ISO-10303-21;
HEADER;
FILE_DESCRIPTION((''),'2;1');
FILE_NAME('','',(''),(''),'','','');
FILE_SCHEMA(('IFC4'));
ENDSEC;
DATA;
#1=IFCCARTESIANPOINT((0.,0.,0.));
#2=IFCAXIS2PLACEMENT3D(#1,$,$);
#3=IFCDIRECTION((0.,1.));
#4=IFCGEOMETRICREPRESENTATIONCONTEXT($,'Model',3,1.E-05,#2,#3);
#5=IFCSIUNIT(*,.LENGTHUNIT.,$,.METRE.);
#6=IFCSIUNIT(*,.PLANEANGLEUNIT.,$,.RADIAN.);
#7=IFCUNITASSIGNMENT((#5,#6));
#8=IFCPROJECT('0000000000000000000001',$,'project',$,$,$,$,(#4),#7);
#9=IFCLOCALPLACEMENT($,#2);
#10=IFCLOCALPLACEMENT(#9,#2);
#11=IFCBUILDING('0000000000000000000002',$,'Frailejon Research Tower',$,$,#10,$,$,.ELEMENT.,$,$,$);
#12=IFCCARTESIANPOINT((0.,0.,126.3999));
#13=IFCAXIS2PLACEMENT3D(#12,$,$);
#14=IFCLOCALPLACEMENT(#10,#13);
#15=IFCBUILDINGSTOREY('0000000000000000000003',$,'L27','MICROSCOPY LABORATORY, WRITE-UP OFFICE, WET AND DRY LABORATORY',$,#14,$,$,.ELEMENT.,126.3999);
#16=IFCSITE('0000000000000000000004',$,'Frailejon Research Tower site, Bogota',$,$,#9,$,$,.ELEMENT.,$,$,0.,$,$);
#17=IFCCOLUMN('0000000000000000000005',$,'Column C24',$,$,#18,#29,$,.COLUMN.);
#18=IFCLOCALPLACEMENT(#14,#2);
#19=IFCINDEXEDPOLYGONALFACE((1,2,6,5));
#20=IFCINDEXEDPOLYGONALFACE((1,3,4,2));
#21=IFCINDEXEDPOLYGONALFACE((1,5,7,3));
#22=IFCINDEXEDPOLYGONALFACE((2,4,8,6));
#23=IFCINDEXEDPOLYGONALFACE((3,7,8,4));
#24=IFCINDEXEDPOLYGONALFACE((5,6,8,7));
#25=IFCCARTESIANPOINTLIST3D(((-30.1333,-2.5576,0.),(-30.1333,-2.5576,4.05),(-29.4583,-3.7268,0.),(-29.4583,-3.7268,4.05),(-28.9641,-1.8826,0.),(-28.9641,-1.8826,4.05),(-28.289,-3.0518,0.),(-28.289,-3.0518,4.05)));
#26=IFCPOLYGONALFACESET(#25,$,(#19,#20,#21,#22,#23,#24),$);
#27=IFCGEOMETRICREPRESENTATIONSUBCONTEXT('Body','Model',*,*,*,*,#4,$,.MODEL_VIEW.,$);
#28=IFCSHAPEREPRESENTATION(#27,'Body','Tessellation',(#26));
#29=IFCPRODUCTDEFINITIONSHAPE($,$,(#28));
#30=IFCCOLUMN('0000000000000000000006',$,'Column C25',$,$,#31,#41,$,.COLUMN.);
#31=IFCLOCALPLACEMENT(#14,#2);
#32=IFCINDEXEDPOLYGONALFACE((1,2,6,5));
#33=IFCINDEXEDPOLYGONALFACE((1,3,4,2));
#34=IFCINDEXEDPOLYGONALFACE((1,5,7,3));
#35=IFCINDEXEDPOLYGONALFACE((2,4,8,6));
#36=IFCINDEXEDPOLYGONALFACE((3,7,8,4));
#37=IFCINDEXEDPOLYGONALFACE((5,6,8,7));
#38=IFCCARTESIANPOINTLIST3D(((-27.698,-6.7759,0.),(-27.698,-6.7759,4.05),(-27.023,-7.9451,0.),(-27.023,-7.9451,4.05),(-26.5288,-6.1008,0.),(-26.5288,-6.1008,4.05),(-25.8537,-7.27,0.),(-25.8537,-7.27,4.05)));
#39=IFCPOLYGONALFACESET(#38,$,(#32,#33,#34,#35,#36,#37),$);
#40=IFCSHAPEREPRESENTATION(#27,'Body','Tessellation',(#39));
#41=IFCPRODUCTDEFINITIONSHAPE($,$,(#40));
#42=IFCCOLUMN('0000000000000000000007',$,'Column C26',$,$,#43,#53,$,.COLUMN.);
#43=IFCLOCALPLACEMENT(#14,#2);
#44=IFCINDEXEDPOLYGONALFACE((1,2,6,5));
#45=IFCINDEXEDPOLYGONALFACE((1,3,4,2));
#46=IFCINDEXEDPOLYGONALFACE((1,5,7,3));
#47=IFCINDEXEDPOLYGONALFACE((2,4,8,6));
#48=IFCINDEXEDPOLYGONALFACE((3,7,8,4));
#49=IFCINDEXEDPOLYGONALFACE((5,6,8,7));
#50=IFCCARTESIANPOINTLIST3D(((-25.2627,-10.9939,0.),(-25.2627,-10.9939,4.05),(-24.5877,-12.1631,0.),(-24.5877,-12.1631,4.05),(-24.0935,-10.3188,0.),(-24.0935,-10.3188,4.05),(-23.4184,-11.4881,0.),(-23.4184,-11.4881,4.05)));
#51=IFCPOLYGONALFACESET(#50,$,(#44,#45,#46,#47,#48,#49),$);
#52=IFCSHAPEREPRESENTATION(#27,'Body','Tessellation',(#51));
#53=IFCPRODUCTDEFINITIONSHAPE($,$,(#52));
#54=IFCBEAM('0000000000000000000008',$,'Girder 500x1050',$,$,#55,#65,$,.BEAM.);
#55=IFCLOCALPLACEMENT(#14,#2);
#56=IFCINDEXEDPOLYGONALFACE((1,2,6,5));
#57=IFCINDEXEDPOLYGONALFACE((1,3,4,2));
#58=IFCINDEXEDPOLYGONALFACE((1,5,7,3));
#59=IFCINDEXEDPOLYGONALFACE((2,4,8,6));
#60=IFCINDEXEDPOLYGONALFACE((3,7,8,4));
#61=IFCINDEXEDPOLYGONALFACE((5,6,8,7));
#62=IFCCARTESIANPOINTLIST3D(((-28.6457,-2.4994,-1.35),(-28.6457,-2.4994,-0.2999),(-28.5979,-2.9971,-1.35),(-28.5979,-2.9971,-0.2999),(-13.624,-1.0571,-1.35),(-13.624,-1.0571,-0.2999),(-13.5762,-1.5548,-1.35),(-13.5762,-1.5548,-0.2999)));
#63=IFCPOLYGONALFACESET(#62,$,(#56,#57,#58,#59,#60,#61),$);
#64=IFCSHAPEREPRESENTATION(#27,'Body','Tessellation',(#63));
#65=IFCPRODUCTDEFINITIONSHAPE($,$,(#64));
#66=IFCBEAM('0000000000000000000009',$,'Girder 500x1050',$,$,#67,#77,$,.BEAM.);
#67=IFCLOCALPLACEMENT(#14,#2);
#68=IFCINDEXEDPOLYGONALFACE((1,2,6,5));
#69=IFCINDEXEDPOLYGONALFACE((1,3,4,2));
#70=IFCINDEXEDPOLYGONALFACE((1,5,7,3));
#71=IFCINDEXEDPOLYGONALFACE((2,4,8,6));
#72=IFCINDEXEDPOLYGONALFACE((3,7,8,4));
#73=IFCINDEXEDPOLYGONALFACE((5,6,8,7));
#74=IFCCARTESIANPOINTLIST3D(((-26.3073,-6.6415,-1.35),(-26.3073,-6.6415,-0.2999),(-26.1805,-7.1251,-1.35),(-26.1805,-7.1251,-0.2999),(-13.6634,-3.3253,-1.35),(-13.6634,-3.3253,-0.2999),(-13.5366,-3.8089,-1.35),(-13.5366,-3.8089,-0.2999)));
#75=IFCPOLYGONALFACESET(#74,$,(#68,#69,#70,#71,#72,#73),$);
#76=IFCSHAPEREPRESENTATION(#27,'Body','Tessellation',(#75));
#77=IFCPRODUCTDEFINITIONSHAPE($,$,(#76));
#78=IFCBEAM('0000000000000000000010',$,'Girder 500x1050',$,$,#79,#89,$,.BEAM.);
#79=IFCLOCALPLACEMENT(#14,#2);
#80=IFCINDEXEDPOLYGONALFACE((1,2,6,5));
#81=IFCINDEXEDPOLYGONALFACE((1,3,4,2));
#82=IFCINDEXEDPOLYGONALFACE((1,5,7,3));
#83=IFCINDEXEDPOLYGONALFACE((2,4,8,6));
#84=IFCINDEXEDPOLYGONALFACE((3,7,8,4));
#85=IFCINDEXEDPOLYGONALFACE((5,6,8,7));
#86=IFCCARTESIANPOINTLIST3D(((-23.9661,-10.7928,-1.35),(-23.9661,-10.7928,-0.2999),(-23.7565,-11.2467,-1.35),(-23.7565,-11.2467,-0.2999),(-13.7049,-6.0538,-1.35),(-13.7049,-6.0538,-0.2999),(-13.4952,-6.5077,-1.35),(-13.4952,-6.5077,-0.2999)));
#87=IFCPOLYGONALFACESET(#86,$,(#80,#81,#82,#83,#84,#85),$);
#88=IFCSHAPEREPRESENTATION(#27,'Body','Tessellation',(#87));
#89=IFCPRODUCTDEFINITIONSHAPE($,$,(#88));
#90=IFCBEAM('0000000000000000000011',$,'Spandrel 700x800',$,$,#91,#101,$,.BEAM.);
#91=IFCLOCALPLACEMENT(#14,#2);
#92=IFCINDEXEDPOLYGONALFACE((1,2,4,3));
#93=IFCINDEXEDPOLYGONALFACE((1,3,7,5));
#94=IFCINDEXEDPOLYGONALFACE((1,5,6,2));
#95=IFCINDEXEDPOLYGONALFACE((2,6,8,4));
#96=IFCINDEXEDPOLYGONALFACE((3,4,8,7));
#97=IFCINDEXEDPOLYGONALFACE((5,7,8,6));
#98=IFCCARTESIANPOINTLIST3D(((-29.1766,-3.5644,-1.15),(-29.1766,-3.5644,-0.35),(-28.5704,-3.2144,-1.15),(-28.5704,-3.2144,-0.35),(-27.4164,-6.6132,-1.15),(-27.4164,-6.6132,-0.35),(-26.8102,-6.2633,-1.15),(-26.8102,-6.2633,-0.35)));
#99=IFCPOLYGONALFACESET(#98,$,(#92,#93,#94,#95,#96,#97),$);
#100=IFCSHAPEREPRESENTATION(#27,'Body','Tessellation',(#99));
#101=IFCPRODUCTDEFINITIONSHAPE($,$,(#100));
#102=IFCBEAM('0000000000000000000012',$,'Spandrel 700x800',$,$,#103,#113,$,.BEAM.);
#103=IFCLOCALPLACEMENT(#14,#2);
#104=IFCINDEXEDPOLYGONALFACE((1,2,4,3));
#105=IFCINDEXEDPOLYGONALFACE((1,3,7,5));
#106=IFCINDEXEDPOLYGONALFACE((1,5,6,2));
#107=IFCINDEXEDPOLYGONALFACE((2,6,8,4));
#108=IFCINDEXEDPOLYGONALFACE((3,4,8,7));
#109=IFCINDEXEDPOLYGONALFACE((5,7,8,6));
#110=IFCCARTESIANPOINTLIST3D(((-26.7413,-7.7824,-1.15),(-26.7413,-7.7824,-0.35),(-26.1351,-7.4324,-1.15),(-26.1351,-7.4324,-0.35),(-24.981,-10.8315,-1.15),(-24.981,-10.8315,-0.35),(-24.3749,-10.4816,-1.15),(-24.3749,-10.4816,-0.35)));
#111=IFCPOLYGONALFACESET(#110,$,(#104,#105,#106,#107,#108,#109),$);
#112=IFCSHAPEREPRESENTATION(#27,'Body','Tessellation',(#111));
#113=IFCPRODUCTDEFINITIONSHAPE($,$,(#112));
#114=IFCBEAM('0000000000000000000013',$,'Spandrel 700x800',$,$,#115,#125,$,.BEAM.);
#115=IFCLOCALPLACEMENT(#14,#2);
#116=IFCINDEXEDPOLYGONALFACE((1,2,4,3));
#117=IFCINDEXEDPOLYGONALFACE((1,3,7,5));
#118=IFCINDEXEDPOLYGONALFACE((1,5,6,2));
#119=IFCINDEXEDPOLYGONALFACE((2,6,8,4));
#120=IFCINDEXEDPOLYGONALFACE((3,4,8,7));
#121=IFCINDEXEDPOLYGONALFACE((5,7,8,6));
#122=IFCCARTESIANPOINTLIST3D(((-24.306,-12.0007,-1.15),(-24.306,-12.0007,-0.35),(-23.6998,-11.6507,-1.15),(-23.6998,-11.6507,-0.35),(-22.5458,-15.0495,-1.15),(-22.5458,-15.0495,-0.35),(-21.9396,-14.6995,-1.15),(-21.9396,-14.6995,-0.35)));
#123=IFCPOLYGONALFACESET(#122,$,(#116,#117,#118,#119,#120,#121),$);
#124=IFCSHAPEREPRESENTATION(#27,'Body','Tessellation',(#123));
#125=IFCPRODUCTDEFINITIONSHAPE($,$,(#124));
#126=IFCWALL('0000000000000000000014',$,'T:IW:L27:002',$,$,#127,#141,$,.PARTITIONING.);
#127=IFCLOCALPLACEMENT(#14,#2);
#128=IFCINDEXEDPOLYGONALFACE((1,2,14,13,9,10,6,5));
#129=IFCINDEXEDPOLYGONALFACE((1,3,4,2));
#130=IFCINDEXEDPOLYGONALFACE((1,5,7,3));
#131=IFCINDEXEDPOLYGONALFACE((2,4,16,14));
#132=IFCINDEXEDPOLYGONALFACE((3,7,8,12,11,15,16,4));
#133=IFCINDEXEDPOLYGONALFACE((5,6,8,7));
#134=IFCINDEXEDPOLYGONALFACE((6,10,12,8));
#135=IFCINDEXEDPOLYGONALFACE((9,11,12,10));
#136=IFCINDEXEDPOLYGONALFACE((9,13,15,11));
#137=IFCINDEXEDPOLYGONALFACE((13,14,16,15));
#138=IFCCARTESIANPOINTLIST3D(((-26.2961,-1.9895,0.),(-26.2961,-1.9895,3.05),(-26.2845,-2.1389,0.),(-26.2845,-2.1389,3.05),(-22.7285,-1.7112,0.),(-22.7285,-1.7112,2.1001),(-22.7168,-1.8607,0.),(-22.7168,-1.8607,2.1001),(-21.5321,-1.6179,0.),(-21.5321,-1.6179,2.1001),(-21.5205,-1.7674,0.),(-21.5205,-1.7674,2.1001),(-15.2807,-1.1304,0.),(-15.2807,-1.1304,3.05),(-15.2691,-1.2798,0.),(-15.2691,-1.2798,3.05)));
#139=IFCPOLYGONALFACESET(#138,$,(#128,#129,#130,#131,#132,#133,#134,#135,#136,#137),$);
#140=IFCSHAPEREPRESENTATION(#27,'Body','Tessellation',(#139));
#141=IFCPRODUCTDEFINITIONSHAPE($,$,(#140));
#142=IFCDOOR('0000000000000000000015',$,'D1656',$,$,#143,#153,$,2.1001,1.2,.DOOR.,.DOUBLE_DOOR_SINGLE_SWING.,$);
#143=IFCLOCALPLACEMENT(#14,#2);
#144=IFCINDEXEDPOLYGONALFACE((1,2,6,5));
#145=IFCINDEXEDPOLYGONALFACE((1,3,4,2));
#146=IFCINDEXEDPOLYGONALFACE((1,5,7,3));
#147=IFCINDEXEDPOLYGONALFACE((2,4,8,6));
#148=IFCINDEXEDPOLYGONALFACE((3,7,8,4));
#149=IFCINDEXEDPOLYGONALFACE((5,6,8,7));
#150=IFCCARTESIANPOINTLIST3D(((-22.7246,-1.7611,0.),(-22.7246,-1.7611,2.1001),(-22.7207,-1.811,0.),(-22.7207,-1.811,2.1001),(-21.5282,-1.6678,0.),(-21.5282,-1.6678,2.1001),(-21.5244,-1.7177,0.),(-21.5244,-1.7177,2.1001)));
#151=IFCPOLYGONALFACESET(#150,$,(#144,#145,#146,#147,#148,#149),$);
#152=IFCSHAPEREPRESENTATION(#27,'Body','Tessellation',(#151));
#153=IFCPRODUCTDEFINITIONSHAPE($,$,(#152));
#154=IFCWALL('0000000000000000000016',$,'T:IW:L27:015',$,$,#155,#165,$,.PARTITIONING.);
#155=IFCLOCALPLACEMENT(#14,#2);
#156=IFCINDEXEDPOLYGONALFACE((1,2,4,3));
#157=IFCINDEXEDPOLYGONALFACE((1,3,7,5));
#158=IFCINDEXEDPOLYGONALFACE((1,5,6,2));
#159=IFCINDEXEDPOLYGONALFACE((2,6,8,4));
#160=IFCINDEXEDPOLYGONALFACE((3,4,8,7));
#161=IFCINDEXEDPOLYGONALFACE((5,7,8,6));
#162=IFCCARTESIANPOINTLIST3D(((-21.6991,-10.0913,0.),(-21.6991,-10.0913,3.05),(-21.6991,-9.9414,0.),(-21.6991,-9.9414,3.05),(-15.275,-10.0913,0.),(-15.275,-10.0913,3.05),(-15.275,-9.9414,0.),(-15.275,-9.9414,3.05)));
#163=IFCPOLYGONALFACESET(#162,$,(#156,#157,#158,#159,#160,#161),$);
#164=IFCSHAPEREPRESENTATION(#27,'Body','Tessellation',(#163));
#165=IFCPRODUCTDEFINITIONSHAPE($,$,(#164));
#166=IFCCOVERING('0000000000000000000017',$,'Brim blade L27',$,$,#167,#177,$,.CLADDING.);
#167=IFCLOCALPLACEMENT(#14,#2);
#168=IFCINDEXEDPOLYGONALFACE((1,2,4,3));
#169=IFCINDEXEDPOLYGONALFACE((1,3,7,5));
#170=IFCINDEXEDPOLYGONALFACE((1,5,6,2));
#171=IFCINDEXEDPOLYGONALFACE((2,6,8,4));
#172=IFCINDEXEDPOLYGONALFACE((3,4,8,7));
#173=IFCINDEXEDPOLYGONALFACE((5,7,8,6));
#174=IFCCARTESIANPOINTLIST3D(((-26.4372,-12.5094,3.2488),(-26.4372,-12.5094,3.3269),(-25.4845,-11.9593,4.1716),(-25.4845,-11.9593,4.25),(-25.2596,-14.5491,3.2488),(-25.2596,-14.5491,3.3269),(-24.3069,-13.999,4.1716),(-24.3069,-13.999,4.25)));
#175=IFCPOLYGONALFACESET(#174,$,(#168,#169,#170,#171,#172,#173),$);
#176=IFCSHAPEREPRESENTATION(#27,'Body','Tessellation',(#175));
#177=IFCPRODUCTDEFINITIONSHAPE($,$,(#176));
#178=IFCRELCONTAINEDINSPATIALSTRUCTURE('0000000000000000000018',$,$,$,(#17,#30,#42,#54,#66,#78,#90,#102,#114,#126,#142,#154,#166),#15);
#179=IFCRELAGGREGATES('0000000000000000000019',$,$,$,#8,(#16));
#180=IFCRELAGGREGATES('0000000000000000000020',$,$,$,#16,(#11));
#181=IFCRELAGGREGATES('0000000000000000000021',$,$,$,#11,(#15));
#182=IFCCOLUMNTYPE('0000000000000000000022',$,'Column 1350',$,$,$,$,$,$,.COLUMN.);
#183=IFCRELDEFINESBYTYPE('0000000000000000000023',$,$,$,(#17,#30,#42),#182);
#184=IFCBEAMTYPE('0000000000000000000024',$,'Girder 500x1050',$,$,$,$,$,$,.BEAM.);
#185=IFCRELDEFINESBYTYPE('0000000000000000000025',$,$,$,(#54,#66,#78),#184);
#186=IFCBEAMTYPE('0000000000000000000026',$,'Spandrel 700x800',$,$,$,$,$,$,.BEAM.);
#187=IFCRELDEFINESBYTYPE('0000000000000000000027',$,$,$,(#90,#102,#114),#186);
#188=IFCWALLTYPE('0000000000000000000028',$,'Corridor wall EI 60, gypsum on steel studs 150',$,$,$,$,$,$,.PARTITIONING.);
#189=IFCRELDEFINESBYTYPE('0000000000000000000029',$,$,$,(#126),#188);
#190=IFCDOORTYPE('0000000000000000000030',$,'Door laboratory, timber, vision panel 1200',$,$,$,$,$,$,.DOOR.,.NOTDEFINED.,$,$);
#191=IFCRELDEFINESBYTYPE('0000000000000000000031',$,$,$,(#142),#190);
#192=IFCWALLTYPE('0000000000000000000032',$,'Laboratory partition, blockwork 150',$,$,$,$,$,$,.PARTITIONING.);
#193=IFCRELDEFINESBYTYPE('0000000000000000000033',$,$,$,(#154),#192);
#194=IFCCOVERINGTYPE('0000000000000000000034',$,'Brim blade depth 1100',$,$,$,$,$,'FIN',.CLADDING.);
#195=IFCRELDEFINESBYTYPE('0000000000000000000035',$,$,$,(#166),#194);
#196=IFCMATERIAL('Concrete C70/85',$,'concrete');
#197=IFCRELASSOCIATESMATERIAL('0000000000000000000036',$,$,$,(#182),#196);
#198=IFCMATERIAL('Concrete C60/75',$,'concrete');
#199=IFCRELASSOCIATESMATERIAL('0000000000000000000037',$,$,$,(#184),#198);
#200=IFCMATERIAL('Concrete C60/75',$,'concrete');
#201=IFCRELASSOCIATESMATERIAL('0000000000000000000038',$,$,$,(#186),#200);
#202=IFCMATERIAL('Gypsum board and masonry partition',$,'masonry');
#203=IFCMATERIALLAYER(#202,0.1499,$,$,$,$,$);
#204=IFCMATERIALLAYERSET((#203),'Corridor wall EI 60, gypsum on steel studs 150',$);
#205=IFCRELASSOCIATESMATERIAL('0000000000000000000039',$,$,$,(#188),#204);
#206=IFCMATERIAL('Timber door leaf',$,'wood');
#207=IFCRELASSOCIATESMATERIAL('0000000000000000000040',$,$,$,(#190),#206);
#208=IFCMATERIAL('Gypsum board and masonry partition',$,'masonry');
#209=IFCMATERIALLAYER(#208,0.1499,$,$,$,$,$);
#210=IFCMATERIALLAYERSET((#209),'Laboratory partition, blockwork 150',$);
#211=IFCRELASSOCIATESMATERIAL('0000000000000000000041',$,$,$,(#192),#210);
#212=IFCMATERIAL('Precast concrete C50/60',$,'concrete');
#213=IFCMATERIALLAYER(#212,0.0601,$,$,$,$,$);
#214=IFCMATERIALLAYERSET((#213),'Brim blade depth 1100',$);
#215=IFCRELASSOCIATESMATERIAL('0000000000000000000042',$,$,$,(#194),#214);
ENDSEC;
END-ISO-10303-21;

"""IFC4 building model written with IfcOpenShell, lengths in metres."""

from ifc_helpers import new_model, si_unit, direction, frame, frame_2d, origin, origin_2d, place, context, subcontext, project, spatial, polyline, rectangle, outline, extrude, material, layer, layer_set, material_profile, profile_set, type_object, element, fill, save


model = new_model("IFC4")

# Units and contexts
model_context = context("Model", 3, precision=1e-05, world=origin(), true_north=direction((0.0, 1.0)))
body_context = subcontext(model_context, "Body", "Model", "MODEL_VIEW")
ifc_project = project(units=[si_unit("LENGTHUNIT", "METRE"), si_unit("PLANEANGLEUNIT", "RADIAN")], contexts=[model_context])

# Site, building, storey
site_placement = place(None, origin())
site = spatial("IfcSite", under=ifc_project, at=site_placement, Name="Frailejon Research Tower site, Bogota", CompositionType="ELEMENT", RefElevation=0.0)
building_placement = place(site_placement, origin())
building = spatial("IfcBuilding", under=site, at=building_placement, Name="Frailejon Research Tower", CompositionType="ELEMENT")
storey_placement = place(building_placement, frame((0.0, 0.0, 126.3999)))
storey = spatial("IfcBuildingStorey", under=building, at=storey_placement, Name="L27", Description="MICROSCOPY LABORATORY, WRITE-UP OFFICE, WET AND DRY LABORATORY", CompositionType="ELEMENT", Elevation=126.3999)

# Columns
ifc_material_1 = material(Name="Concrete C70/85", Category="concrete")
ifc_material_profile_1 = material_profile(ifc_material_1, rectangle(XDim=1.3501, YDim=1.3501, at=origin_2d()), Name="Column 1350")
ifc_profile_set_1 = profile_set([ifc_material_profile_1], Name="Concrete C70/85")
column_type = type_object("IfcColumnType", Name="Column 1350", PredefinedType="COLUMN", material=ifc_profile_set_1)
for number, where, z_axis, x_axis, name in (
    (1, (-29.2112, -2.8047, 0.0), (0.0, 0.0, 1.0), (0.5, -0.866025, 0.0), "Column C24"),
    (2, (-26.7759, -7.0229, 0.0), (0.0, 0.0, 1.0), (0.5, -0.866025, 0.0), "Column C25"),
    (3, (-24.3406, -11.241, 0.0), (0.0, 0.0, 1.0), (0.5, -0.866025, 0.0), "Column C26"),
):
    element("IfcColumn", number, at=place(storey_placement, frame(where, z_axis=z_axis, x_axis=x_axis)), inside=storey, type_object=column_type, Name=name, PredefinedType="COLUMN", context=body_context, shape_type="SweptSolid", body=[
        extrude(rectangle(XDim=1.3501, YDim=1.3501, at=origin_2d()), origin(), (0.0, 0.0, 1.0), 4.05),
    ])

# Beams
ifc_material_2 = material(Name="Concrete C60/75", Category="concrete")
ifc_material_profile_2 = material_profile(ifc_material_2, rectangle(XDim=0.5, YDim=1.05, at=origin_2d()), Name="Girder 500x1050")
ifc_profile_set_2 = profile_set([ifc_material_profile_2], Name="Concrete C60/75")
beam_type_1 = type_object("IfcBeamType", Name="Girder 500x1050", PredefinedType="BEAM", material=ifc_profile_set_2)
beam_1_placement = place(storey_placement, frame((-28.6218, -2.7483, -0.825), z_axis=(0.995422, 0.09558, 0.0), x_axis=(-0.09558, 0.995422, 0.0)))
element("IfcBeam", 4, at=beam_1_placement, inside=storey, type_object=beam_type_1, Name="Girder 500x1050", PredefinedType="BEAM", context=body_context, shape_type="SweptSolid", body=[
    extrude(rectangle(XDim=0.5, YDim=1.05, at=origin_2d()), origin(), (0.0, 0.0, 1.0), 15.0908),
])
beam_2_placement = place(storey_placement, frame((-26.2439, -6.8833, -0.825), z_axis=(0.967284, 0.253695, 0.0), x_axis=(-0.253695, 0.967284, 0.0)))
element("IfcBeam", 5, at=beam_2_placement, inside=storey, type_object=beam_type_1, Name="Girder 500x1050", PredefinedType="BEAM", context=body_context, shape_type="SweptSolid", body=[
    extrude(rectangle(XDim=0.5, YDim=1.05, at=origin_2d()), origin(), (0.0, 0.0, 1.0), 13.0715),
])
beam_3_placement = place(storey_placement, frame((-23.8613, -11.0198, -0.825), z_axis=(0.907856, 0.419281, 0.0), x_axis=(-0.419281, 0.907856, 0.0)))
element("IfcBeam", 6, at=beam_3_placement, inside=storey, type_object=beam_type_1, Name="Girder 500x1050", PredefinedType="BEAM", context=body_context, shape_type="SweptSolid", body=[
    extrude(rectangle(XDim=0.5, YDim=1.05, at=origin_2d()), origin(), (0.0, 0.0, 1.0), 11.3027),
])
ifc_material_3 = material(Name="Concrete C60/75", Category="concrete")
ifc_material_profile_3 = material_profile(ifc_material_3, rectangle(XDim=0.7, YDim=0.8, at=origin_2d()), Name="Spandrel 700x800")
ifc_profile_set_3 = profile_set([ifc_material_profile_3], Name="Concrete C60/75")
beam_type_2 = type_object("IfcBeamType", Name="Spandrel 700x800", PredefinedType="BEAM", material=ifc_profile_set_3)
beam_4_placement = place(storey_placement, frame((-28.8735, -3.3894, -0.75), z_axis=(0.500003, -0.866024, 0.0), x_axis=(0.866024, 0.500003, 0.0)))
element("IfcBeam", 7, at=beam_4_placement, inside=storey, type_object=beam_type_2, Name="Spandrel 700x800", PredefinedType="BEAM", context=body_context, shape_type="SweptSolid", body=[
    extrude(rectangle(XDim=0.7, YDim=0.8, at=origin_2d()), origin(), (0.0, 0.0, 1.0), 3.5205),
])
beam_5_placement = place(storey_placement, frame((-26.4382, -7.6074, -0.75), z_axis=(0.499973, -0.866041, 0.0), x_axis=(0.866041, 0.499973, 0.0)))
element("IfcBeam", 8, at=beam_5_placement, inside=storey, type_object=beam_type_2, Name="Spandrel 700x800", PredefinedType="BEAM", context=body_context, shape_type="SweptSolid", body=[
    extrude(rectangle(XDim=0.7, YDim=0.8, at=origin_2d()), origin(), (0.0, 0.0, 1.0), 3.5208),
])
beam_6_placement = place(storey_placement, frame((-24.0029, -11.8257, -0.75), z_axis=(0.500003, -0.866024, 0.0), x_axis=(0.866024, 0.500003, 0.0)))
element("IfcBeam", 9, at=beam_6_placement, inside=storey, type_object=beam_type_2, Name="Spandrel 700x800", PredefinedType="BEAM", context=body_context, shape_type="SweptSolid", body=[
    extrude(rectangle(XDim=0.7, YDim=0.8, at=origin_2d()), origin(), (0.0, 0.0, 1.0), 3.5205),
])

# Wall, opening, door
ifc_material_4 = material(Name="Gypsum board and masonry partition", Category="masonry")
ifc_layer_1 = layer(ifc_material_4, 0.1499)
ifc_layer_set_1 = layer_set([ifc_layer_1], Name="Corridor wall EI 60, gypsum on steel studs 150")
wall_type_1 = type_object("IfcWallType", Name="Corridor wall EI 60, gypsum on steel studs 150", PredefinedType="PARTITIONING", material=ifc_layer_set_1)
wall_1_placement = place(storey_placement, frame((-26.2903, -2.0642, 0.0), z_axis=(0.0, 0.0, 1.0), x_axis=(0.996972, 0.077758, 0.0)))
wall_1 = element("IfcWall", 10, at=wall_1_placement, inside=storey, type_object=wall_type_1, Name="T:IW:L27:002", PredefinedType="PARTITIONING", context=body_context, shape_type="SweptSolid", body=[
    extrude(rectangle(XDim=11.0488, YDim=0.1499, at=frame_2d((5.5244, 0.0))), origin(), (0.0, 0.0, 1.0), 3.05),
])
opening_1_placement = place(wall_1_placement, frame((3.5784, 0.0, 0.0)))
opening_1 = element("IfcOpeningElement", 11, at=opening_1_placement, cuts=wall_1, PredefinedType="OPENING", context=body_context, shape_type="SweptSolid", body=[
    extrude(rectangle(XDim=1.2, YDim=2.1001, at=frame_2d((0.6001, 1.05))), frame((0.0, 0.085, 0.0), z_axis=(0.0, -1.0, 0.0), x_axis=(1.0, 0.0, 0.0)), (0.0, 0.0, 1.0), 0.1699),
])
ifc_material_5 = material(Name="Timber door leaf", Category="wood")
door_type_1 = type_object("IfcDoorType", Name="Door laboratory, timber, vision panel 1200", OperationType="NOTDEFINED", PredefinedType="DOOR", material=ifc_material_5)
door_1_placement = place(opening_1_placement, origin())
door_1 = element("IfcDoor", 12, at=door_1_placement, inside=storey, type_object=door_type_1, Name="D1656", OperationType="DOUBLE_DOOR_SINGLE_SWING", OverallHeight=2.1001, OverallWidth=1.2, PredefinedType="DOOR", context=body_context, shape_type="SweptSolid", body=[
    extrude(rectangle(XDim=1.2, YDim=2.1001, at=frame_2d((0.6001, 1.05))), frame((0.0, 0.0249, 0.0), z_axis=(0.0, -1.0, 0.0), x_axis=(1.0, 0.0, 0.0)), (0.0, 0.0, 1.0), 0.05),
])
fill(opening_1, door_1)

# Wall
ifc_material_6 = material(Name="Gypsum board and masonry partition", Category="masonry")
ifc_layer_2 = layer(ifc_material_6, 0.1499)
ifc_layer_set_2 = layer_set([ifc_layer_2], Name="Laboratory partition, blockwork 150")
wall_type_2 = type_object("IfcWallType", Name="Laboratory partition, blockwork 150", PredefinedType="PARTITIONING", material=ifc_layer_set_2)
wall_2_placement = place(storey_placement, frame((-21.699, -10.0164, 0.0), z_axis=(0.0, 0.0, 1.0), x_axis=(1.0, 0.0, 0.0)))
element("IfcWall", 13, at=wall_2_placement, inside=storey, type_object=wall_type_2, Name="T:IW:L27:015", PredefinedType="PARTITIONING", context=body_context, shape_type="SweptSolid", body=[
    extrude(rectangle(XDim=6.4241, YDim=0.1499, at=frame_2d((3.2119, 0.0))), origin(), (0.0, 0.0, 1.0), 3.05),
])

# Covering
ifc_material_7 = material(Name="Precast concrete C50/60", Category="concrete")
ifc_layer_3 = layer(ifc_material_7, 0.0601)
ifc_layer_set_3 = layer_set([ifc_layer_3], Name="Brim blade depth 1100")
covering_type_1 = type_object("IfcCoveringType", Name="Brim blade depth 1100", ElementType="FIN", PredefinedType="CLADDING", material=ifc_layer_set_3)
covering_1_placement = place(storey_placement, frame((-24.3069, -13.999, 4.25), z_axis=(-0.500006, 0.866022, 0.0), x_axis=(-0.866022, -0.500006, 0.0)))
element("IfcCovering", 14, at=covering_1_placement, inside=storey, type_object=covering_type_1, Name="Brim blade L27", PredefinedType="CLADDING", context=body_context, shape_type="SweptSolid", body=[
    extrude(outline(polyline([(0.0, -0.0784), (1.1001, -1.0012), (1.1001, -0.9231), (0.0, 0.0), (0.0, -0.0784)])), origin(), (0.0, 0.0, 1.0), 2.3552),
])

save(model, "model.ifc")
